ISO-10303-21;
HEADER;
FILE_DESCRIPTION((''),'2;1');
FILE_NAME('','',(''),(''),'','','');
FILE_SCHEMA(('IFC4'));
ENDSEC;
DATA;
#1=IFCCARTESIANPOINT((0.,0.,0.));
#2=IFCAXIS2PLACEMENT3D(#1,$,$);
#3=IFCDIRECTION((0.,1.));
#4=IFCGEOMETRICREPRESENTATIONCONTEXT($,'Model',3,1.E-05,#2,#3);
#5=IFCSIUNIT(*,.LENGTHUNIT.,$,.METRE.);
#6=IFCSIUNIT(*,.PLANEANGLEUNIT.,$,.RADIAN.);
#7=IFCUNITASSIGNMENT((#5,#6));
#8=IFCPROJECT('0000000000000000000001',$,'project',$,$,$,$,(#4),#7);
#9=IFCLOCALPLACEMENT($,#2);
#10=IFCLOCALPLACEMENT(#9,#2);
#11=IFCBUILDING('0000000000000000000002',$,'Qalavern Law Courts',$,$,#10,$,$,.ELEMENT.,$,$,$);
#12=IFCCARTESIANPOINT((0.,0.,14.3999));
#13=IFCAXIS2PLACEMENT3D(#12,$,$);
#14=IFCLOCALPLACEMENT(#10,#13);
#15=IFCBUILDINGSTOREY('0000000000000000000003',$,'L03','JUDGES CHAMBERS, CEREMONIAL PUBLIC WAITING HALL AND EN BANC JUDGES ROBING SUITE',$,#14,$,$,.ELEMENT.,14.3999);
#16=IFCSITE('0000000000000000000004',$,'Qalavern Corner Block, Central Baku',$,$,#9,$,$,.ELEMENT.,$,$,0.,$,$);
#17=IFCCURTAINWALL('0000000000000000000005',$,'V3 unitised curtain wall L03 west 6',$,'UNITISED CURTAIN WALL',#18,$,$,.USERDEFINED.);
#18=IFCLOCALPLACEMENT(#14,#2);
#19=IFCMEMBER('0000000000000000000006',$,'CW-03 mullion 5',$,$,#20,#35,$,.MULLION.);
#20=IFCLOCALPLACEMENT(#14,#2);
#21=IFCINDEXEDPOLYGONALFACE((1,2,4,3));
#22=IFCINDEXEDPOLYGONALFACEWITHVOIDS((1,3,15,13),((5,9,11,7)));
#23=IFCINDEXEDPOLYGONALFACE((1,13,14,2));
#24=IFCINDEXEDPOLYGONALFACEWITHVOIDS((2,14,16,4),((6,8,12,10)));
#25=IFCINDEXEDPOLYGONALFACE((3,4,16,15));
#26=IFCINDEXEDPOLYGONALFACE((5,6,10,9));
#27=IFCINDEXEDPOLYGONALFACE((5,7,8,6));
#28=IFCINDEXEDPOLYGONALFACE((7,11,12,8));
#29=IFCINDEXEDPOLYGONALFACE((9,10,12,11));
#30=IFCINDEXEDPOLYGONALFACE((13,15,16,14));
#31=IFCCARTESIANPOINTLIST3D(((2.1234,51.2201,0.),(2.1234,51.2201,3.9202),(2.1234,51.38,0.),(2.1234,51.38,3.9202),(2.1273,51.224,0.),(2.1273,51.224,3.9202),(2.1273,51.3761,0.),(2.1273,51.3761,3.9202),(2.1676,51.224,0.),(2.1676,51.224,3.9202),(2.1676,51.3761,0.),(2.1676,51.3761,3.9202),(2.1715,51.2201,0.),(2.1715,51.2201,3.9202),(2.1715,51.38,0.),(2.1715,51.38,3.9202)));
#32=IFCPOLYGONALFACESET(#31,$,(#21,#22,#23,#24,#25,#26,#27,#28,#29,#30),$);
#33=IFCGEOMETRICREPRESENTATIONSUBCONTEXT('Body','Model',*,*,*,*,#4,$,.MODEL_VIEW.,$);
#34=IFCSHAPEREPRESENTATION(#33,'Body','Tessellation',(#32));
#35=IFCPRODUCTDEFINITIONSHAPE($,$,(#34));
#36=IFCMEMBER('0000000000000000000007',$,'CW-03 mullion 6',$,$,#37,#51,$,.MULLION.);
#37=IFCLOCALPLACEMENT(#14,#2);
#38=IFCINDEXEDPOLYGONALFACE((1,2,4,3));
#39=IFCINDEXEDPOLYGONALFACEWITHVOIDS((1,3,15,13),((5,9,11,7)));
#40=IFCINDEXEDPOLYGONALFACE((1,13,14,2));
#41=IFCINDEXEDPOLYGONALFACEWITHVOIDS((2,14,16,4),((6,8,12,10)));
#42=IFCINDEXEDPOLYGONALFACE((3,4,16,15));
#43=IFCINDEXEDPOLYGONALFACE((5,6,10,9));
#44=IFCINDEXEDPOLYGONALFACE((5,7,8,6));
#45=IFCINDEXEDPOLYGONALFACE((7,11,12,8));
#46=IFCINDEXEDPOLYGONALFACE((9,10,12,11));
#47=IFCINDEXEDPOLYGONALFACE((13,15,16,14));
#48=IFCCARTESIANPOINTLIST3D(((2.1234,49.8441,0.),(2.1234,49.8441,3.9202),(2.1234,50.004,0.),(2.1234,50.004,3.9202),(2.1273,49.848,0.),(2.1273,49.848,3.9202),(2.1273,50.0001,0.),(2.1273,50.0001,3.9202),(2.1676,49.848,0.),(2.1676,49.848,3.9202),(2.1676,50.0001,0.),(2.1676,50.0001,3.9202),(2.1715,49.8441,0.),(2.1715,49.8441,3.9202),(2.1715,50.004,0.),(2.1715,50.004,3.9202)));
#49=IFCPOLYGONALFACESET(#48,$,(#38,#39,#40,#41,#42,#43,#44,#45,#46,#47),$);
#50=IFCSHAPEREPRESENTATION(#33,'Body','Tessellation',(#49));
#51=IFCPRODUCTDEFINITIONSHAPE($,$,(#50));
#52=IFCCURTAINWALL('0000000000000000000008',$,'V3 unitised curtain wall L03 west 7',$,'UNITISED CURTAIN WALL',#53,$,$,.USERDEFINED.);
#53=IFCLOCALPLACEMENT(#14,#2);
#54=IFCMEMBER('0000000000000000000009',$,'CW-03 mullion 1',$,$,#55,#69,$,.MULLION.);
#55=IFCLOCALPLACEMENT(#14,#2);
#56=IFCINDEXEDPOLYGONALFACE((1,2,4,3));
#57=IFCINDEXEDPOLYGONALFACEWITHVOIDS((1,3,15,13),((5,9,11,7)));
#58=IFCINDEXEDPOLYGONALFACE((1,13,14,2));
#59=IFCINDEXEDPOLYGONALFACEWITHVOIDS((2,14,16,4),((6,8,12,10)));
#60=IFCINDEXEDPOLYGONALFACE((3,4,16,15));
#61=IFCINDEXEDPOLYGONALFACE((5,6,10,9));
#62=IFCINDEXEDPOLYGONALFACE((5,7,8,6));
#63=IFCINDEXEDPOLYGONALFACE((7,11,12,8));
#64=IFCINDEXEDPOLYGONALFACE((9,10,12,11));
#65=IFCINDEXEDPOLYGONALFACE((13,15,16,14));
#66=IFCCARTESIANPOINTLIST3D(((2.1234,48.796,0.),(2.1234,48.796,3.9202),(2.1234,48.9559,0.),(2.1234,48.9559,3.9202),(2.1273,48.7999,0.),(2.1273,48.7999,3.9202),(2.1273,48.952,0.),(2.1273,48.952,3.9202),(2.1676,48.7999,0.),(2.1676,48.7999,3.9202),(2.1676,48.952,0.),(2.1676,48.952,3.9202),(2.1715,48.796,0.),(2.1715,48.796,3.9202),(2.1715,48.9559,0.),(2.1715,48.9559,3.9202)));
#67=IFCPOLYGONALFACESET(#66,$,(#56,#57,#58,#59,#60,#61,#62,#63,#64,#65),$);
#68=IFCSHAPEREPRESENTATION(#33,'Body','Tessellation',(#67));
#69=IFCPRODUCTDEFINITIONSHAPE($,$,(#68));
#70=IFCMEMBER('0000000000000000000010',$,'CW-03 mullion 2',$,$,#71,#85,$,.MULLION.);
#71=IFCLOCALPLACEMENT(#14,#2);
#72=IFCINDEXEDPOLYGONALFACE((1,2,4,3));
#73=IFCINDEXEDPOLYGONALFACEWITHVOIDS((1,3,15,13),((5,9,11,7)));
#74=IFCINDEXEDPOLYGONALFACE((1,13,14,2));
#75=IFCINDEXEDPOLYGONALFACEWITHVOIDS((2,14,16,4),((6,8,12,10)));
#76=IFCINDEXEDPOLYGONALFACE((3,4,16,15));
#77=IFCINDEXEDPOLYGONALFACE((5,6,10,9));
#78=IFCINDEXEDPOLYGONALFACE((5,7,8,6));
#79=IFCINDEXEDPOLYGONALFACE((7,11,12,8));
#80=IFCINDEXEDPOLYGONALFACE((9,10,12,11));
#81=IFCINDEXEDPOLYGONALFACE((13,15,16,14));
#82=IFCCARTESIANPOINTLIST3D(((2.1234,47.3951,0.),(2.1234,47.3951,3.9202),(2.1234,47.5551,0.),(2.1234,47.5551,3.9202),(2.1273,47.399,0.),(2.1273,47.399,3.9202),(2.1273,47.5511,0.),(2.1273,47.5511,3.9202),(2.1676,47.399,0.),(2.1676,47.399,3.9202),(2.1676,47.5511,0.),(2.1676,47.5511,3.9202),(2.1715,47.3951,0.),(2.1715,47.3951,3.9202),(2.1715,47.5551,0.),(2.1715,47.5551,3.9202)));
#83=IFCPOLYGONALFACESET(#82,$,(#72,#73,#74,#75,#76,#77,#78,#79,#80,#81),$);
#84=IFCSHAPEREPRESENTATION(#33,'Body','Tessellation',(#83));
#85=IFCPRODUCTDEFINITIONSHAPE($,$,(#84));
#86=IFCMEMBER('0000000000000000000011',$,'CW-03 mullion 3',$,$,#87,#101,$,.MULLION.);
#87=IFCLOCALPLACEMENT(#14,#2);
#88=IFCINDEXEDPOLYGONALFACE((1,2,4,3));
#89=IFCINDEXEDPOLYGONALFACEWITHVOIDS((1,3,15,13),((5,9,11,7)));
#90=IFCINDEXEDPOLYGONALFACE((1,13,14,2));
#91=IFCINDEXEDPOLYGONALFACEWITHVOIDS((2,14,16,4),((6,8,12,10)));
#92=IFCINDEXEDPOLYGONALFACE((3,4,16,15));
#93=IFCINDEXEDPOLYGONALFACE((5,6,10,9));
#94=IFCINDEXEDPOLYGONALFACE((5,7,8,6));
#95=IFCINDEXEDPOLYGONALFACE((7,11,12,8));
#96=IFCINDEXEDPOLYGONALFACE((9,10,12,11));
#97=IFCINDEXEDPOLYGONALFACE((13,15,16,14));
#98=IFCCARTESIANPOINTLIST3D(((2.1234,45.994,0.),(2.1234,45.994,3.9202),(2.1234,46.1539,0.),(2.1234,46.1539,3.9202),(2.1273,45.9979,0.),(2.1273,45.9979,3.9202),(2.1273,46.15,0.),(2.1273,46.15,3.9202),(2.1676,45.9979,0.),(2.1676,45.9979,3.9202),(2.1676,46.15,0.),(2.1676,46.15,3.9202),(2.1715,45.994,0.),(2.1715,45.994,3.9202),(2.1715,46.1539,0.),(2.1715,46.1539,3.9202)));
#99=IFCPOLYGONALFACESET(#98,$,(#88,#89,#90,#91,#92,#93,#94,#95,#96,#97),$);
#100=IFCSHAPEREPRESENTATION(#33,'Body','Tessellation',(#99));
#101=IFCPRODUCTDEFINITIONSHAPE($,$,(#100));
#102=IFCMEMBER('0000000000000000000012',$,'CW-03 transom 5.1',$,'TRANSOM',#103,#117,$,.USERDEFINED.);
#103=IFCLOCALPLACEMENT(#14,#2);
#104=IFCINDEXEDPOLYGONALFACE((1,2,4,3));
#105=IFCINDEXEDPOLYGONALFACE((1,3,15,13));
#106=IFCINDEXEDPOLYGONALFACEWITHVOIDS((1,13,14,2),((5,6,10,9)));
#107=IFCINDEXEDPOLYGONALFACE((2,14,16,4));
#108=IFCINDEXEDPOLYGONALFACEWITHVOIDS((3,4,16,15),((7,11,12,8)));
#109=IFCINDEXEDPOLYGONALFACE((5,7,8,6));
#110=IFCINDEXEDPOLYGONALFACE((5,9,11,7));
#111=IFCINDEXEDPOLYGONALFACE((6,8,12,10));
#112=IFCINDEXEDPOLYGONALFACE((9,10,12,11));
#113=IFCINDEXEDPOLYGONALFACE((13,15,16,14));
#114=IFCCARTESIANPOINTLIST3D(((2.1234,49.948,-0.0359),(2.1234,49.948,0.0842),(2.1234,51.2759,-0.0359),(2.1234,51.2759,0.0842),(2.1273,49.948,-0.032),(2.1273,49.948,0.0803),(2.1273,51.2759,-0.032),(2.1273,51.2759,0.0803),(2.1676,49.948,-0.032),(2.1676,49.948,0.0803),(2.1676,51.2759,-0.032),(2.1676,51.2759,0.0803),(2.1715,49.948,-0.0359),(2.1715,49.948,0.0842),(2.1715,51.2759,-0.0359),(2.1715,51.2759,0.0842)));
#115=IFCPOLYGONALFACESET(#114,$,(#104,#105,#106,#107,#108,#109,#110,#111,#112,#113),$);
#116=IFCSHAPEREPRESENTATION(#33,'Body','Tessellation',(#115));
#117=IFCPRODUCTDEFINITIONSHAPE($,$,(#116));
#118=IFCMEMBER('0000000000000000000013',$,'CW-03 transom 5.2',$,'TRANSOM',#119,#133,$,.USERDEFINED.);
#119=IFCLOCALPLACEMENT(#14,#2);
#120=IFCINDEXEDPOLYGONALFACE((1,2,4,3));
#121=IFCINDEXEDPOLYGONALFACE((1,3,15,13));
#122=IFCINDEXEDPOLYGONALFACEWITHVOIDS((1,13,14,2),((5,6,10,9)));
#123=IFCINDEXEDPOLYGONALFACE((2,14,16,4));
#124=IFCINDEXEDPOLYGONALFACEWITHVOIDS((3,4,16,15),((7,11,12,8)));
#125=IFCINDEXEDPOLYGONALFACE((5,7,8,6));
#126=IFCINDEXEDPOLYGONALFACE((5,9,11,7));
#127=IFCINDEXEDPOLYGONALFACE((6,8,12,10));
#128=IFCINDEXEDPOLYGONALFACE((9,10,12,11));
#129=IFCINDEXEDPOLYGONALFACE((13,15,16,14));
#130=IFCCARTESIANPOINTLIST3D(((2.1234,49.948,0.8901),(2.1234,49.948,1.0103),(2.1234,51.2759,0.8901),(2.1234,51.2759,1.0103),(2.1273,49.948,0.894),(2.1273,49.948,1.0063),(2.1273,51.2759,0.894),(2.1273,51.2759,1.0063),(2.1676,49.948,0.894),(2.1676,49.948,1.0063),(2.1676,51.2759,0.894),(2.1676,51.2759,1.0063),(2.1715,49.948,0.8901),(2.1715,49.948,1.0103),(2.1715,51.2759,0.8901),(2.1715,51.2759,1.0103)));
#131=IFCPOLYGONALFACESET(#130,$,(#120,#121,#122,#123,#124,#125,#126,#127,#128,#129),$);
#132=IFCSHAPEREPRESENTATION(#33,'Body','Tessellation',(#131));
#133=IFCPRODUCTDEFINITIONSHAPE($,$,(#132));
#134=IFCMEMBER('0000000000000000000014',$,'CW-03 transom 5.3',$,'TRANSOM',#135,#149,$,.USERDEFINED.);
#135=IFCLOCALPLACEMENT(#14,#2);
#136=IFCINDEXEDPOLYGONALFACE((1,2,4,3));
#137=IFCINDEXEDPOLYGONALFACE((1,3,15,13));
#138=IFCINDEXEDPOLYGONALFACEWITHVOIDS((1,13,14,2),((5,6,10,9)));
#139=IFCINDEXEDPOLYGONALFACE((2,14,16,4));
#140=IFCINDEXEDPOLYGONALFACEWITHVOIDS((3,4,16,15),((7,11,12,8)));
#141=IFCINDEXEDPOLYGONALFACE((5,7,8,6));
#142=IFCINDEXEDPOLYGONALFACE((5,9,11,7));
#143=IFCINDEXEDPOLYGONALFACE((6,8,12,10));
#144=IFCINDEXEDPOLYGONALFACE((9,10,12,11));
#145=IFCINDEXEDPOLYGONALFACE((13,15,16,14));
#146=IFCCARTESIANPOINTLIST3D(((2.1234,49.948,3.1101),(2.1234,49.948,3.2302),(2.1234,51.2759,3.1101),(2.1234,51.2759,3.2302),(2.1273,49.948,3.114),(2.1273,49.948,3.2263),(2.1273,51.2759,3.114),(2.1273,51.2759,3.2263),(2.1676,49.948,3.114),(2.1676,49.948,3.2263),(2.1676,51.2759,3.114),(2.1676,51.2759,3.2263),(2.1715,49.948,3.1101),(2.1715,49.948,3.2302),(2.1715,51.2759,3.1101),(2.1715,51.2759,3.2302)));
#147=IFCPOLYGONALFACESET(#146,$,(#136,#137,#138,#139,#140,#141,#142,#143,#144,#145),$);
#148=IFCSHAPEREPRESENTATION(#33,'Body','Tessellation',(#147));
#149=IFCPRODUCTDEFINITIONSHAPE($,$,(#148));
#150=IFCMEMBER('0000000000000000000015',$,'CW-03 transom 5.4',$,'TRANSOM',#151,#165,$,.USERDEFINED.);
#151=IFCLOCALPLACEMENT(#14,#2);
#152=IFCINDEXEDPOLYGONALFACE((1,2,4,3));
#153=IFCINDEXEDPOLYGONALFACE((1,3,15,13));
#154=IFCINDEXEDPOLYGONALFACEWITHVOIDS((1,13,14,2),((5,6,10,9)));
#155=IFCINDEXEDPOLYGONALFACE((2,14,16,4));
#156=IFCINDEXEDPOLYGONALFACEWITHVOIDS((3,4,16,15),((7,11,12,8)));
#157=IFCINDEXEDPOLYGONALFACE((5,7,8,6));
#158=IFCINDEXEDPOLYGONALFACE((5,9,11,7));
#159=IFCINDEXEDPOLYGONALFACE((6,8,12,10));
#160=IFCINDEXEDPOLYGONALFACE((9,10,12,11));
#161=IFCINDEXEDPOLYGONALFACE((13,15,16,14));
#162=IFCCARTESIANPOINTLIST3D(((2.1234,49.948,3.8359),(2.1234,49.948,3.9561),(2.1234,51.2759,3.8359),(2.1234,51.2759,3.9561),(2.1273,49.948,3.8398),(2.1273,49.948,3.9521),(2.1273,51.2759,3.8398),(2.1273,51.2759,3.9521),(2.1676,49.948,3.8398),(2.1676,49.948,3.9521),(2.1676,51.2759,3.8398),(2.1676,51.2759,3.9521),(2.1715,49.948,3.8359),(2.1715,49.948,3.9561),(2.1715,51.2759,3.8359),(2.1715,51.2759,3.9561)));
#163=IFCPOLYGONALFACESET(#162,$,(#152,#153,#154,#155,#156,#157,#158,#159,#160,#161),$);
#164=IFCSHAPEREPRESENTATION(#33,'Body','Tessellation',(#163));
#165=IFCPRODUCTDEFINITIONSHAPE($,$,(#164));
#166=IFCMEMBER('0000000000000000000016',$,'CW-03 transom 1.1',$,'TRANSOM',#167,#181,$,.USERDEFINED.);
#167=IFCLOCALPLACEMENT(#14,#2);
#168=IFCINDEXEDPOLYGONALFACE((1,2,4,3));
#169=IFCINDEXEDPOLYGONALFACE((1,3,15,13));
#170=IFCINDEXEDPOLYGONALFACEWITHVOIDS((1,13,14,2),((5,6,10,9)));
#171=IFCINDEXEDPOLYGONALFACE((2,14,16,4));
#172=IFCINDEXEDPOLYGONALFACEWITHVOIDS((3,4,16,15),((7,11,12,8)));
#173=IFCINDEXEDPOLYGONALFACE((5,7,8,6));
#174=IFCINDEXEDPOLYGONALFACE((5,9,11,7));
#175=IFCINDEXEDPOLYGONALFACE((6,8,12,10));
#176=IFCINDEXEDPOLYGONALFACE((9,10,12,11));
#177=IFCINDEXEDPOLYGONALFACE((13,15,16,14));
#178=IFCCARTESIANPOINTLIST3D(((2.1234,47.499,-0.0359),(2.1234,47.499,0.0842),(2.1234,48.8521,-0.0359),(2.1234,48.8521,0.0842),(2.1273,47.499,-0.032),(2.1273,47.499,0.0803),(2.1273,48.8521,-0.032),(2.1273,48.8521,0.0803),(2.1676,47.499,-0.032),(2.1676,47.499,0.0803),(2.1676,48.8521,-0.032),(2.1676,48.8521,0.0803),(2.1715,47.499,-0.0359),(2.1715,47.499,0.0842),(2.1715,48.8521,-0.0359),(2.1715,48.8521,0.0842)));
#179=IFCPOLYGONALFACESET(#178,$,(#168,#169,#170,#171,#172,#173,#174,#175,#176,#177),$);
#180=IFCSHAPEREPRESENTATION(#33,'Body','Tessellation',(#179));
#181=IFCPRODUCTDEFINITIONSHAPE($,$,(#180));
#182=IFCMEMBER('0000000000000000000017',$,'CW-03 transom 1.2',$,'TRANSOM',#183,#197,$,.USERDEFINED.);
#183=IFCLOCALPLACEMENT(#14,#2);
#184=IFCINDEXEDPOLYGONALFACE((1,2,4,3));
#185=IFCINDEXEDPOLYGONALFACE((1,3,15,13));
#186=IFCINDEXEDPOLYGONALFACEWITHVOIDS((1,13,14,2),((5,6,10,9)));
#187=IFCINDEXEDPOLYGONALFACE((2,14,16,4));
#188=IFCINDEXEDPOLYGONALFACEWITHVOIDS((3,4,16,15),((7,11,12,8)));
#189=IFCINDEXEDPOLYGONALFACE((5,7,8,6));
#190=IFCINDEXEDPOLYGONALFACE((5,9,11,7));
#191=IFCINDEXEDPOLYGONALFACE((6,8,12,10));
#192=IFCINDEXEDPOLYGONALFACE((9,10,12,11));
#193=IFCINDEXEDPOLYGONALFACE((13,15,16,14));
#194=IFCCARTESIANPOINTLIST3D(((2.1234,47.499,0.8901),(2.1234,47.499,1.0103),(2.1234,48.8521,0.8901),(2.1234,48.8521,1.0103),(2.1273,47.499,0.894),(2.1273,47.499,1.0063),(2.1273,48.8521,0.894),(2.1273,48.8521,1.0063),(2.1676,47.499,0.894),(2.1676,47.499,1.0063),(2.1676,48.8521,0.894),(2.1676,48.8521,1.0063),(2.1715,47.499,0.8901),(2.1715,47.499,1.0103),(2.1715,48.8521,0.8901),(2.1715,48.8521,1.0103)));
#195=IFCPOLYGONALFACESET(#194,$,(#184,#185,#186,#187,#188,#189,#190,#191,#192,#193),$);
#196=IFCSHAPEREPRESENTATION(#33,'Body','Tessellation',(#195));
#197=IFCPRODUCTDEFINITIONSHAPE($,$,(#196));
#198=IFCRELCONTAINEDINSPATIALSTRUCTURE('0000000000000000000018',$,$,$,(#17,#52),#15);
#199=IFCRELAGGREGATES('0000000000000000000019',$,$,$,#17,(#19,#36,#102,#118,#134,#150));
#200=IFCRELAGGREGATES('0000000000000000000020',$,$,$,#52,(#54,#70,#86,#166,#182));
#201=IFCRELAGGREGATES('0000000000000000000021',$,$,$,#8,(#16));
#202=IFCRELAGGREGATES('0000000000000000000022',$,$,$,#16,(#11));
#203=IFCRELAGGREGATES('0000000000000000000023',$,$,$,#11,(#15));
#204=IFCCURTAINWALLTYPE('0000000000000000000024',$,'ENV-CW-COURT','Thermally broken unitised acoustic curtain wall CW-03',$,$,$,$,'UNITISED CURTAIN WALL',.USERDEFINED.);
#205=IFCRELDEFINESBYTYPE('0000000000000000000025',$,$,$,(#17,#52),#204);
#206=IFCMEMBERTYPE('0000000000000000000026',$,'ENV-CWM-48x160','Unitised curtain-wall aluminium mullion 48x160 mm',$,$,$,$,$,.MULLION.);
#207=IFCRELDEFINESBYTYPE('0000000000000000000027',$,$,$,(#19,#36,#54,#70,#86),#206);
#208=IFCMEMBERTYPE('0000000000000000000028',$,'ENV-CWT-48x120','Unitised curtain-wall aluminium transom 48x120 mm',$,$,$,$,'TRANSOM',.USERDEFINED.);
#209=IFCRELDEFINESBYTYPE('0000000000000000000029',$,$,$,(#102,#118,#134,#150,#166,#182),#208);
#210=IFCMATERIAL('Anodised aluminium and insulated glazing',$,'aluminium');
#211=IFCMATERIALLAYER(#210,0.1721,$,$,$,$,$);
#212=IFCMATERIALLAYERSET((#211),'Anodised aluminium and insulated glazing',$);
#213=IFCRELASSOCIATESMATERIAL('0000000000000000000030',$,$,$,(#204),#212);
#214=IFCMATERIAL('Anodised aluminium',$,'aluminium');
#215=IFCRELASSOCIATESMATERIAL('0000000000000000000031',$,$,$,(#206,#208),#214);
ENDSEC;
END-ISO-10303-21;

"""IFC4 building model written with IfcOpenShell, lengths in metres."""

from ifc_helpers import new_model, si_unit, direction, frame, origin, origin_2d, place, context, subcontext, project, spatial, hollow_rectangle, extrude, material, layer, layer_set, material_profile, profile_set, type_object, element, aggregate, save


model = new_model("IFC4")

# Units and contexts
model_context = context("Model", 3, precision=1e-05, world=origin(), true_north=direction((0.0, 1.0)))
body_context = subcontext(model_context, "Body", "Model", "MODEL_VIEW")
ifc_project = project(units=[si_unit("LENGTHUNIT", "METRE"), si_unit("PLANEANGLEUNIT", "RADIAN")], contexts=[model_context])

# Site, building, storey
site_placement = place(None, origin())
site = spatial("IfcSite", under=ifc_project, at=site_placement, Name="Qalavern Corner Block, Central Baku", CompositionType="ELEMENT", RefElevation=0.0)
building_placement = place(site_placement, origin())
building = spatial("IfcBuilding", under=site, at=building_placement, Name="Qalavern Law Courts", CompositionType="ELEMENT")
storey_placement = place(building_placement, frame((0.0, 0.0, 14.3999)))
storey = spatial("IfcBuildingStorey", under=building, at=storey_placement, Name="L03", Description="JUDGES CHAMBERS, CEREMONIAL PUBLIC WAITING HALL AND EN BANC JUDGES ROBING SUITE", CompositionType="ELEMENT", Elevation=14.3999)

# Curtain walls, members
ifc_material_1 = material(Name="Anodised aluminium and insulated glazing", Category="aluminium")
ifc_layer_1 = layer(ifc_material_1, 0.1721)
ifc_layer_set_1 = layer_set([ifc_layer_1], Name="Anodised aluminium and insulated glazing")
curtain_wall_type = type_object("IfcCurtainWallType", Name="ENV-CW-COURT", Description="Thermally broken unitised acoustic curtain wall CW-03", ElementType="UNITISED CURTAIN WALL", PredefinedType="USERDEFINED", material=ifc_layer_set_1)
curtain_wall_1_placement = place(storey_placement, origin())
curtain_wall_1 = element("IfcCurtainWall", 1, at=curtain_wall_1_placement, inside=storey, type_object=curtain_wall_type, Name="V3 unitised curtain wall L03 west 6", ObjectType="UNITISED CURTAIN WALL", PredefinedType="USERDEFINED")
ifc_material_2 = material(Name="Anodised aluminium", Category="aluminium")
ifc_material_profile_1 = material_profile(ifc_material_2, hollow_rectangle(XDim=0.0481, YDim=0.1599, WallThickness=0.0039, at=origin_2d()), Name="ALU MULLION 48x160")
ifc_profile_set_1 = profile_set([ifc_material_profile_1], Name="Anodised aluminium")
member_type_1 = type_object("IfcMemberType", Name="ENV-CWM-48x160", Description="Unitised curtain-wall aluminium mullion 48x160 mm", PredefinedType="MULLION", material=ifc_profile_set_1)
member_1_placement = place(storey_placement, frame((2.1475, 51.3, 0.0), z_axis=(0.0, 0.0, 1.0), x_axis=(1.0, 0.0, 0.0)))
member_1 = element("IfcMember", 2, at=member_1_placement, type_object=member_type_1, Name="CW-03 mullion 5", PredefinedType="MULLION", context=body_context, shape_type="SweptSolid", body=[
    extrude(hollow_rectangle(XDim=0.0481, YDim=0.1599, WallThickness=0.0039, at=origin_2d()), origin(), (0.0, 0.0, 1.0), 3.9202),
])
member_2_placement = place(storey_placement, frame((2.1475, 49.9241, 0.0), z_axis=(0.0, 0.0, 1.0), x_axis=(1.0, 0.0, 0.0)))
member_2 = element("IfcMember", 3, at=member_2_placement, type_object=member_type_1, Name="CW-03 mullion 6", PredefinedType="MULLION", context=body_context, shape_type="SweptSolid", body=[
    extrude(hollow_rectangle(XDim=0.0481, YDim=0.1599, WallThickness=0.0039, at=origin_2d()), origin(), (0.0, 0.0, 1.0), 3.9202),
])
curtain_wall_2_placement = place(storey_placement, origin())
curtain_wall_2 = element("IfcCurtainWall", 4, at=curtain_wall_2_placement, inside=storey, type_object=curtain_wall_type, Name="V3 unitised curtain wall L03 west 7", ObjectType="UNITISED CURTAIN WALL", PredefinedType="USERDEFINED")
member_3_placement = place(storey_placement, frame((2.1475, 48.876, 0.0), z_axis=(0.0, 0.0, 1.0), x_axis=(1.0, 0.0, 0.0)))
member_3 = element("IfcMember", 5, at=member_3_placement, type_object=member_type_1, Name="CW-03 mullion 1", PredefinedType="MULLION", context=body_context, shape_type="SweptSolid", body=[
    extrude(hollow_rectangle(XDim=0.0481, YDim=0.1599, WallThickness=0.0039, at=origin_2d()), origin(), (0.0, 0.0, 1.0), 3.9202),
])
member_4_placement = place(storey_placement, frame((2.1475, 47.4751, 0.0), z_axis=(0.0, 0.0, 1.0), x_axis=(1.0, 0.0, 0.0)))
member_4 = element("IfcMember", 6, at=member_4_placement, type_object=member_type_1, Name="CW-03 mullion 2", PredefinedType="MULLION", context=body_context, shape_type="SweptSolid", body=[
    extrude(hollow_rectangle(XDim=0.0481, YDim=0.1599, WallThickness=0.0039, at=origin_2d()), origin(), (0.0, 0.0, 1.0), 3.9202),
])
member_5_placement = place(storey_placement, frame((2.1475, 46.074, 0.0), z_axis=(0.0, 0.0, 1.0), x_axis=(1.0, 0.0, 0.0)))
member_5 = element("IfcMember", 7, at=member_5_placement, type_object=member_type_1, Name="CW-03 mullion 3", PredefinedType="MULLION", context=body_context, shape_type="SweptSolid", body=[
    extrude(hollow_rectangle(XDim=0.0481, YDim=0.1599, WallThickness=0.0039, at=origin_2d()), origin(), (0.0, 0.0, 1.0), 3.9202),
])

# Members
ifc_material_profile_2 = material_profile(ifc_material_2, hollow_rectangle(XDim=0.0481, YDim=0.1201, WallThickness=0.0039, at=origin_2d()), Name="ALU TRANSOM 48x120")
ifc_profile_set_2 = profile_set([ifc_material_profile_2], Name="Anodised aluminium")
member_type_2 = type_object("IfcMemberType", Name="ENV-CWT-48x120", Description="Unitised curtain-wall aluminium transom 48x120 mm", ElementType="TRANSOM", PredefinedType="USERDEFINED", material=ifc_profile_set_2)
member_6_placement = place(storey_placement, frame((2.1475, 51.2759, 0.0242), z_axis=(0.0, -1.0, 0.0), x_axis=(1.0, 0.0, 0.0)))
member_6 = element("IfcMember", 8, at=member_6_placement, type_object=member_type_2, Name="CW-03 transom 5.1", ObjectType="TRANSOM", PredefinedType="USERDEFINED", context=body_context, shape_type="SweptSolid", body=[
    extrude(hollow_rectangle(XDim=0.0481, YDim=0.1201, WallThickness=0.0039, at=origin_2d()), origin(), (0.0, 0.0, 1.0), 1.3279),
])
member_7_placement = place(storey_placement, frame((2.1475, 51.2759, 0.9502), z_axis=(0.0, -1.0, 0.0), x_axis=(1.0, 0.0, 0.0)))
member_7 = element("IfcMember", 9, at=member_7_placement, type_object=member_type_2, Name="CW-03 transom 5.2", ObjectType="TRANSOM", PredefinedType="USERDEFINED", context=body_context, shape_type="SweptSolid", body=[
    extrude(hollow_rectangle(XDim=0.0481, YDim=0.1201, WallThickness=0.0039, at=origin_2d()), origin(), (0.0, 0.0, 1.0), 1.3279),
])
member_8_placement = place(storey_placement, frame((2.1475, 51.2759, 3.1702), z_axis=(0.0, -1.0, 0.0), x_axis=(1.0, 0.0, 0.0)))
member_8 = element("IfcMember", 10, at=member_8_placement, type_object=member_type_2, Name="CW-03 transom 5.3", ObjectType="TRANSOM", PredefinedType="USERDEFINED", context=body_context, shape_type="SweptSolid", body=[
    extrude(hollow_rectangle(XDim=0.0481, YDim=0.1201, WallThickness=0.0039, at=origin_2d()), origin(), (0.0, 0.0, 1.0), 1.3279),
])
member_9_placement = place(storey_placement, frame((2.1475, 51.2759, 3.896), z_axis=(0.0, -1.0, 0.0), x_axis=(1.0, 0.0, 0.0)))
member_9 = element("IfcMember", 11, at=member_9_placement, type_object=member_type_2, Name="CW-03 transom 5.4", ObjectType="TRANSOM", PredefinedType="USERDEFINED", context=body_context, shape_type="SweptSolid", body=[
    extrude(hollow_rectangle(XDim=0.0481, YDim=0.1201, WallThickness=0.0039, at=origin_2d()), origin(), (0.0, 0.0, 1.0), 1.3279),
])
member_10_placement = place(storey_placement, frame((2.1475, 48.8521, 0.0242), z_axis=(0.0, -1.0, 0.0), x_axis=(1.0, 0.0, 0.0)))
member_10 = element("IfcMember", 12, at=member_10_placement, type_object=member_type_2, Name="CW-03 transom 1.1", ObjectType="TRANSOM", PredefinedType="USERDEFINED", context=body_context, shape_type="SweptSolid", body=[
    extrude(hollow_rectangle(XDim=0.0481, YDim=0.1201, WallThickness=0.0039, at=origin_2d()), origin(), (0.0, 0.0, 1.0), 1.353),
])
member_11_placement = place(storey_placement, frame((2.1475, 48.8521, 0.9502), z_axis=(0.0, -1.0, 0.0), x_axis=(1.0, 0.0, 0.0)))
member_11 = element("IfcMember", 13, at=member_11_placement, type_object=member_type_2, Name="CW-03 transom 1.2", ObjectType="TRANSOM", PredefinedType="USERDEFINED", context=body_context, shape_type="SweptSolid", body=[
    extrude(hollow_rectangle(XDim=0.0481, YDim=0.1201, WallThickness=0.0039, at=origin_2d()), origin(), (0.0, 0.0, 1.0), 1.353),
])

aggregate(curtain_wall_1, [member_1, member_2, member_6, member_7, member_8, member_9])
aggregate(curtain_wall_2, [member_3, member_4, member_5, member_10, member_11])

save(model, "model.ifc")
